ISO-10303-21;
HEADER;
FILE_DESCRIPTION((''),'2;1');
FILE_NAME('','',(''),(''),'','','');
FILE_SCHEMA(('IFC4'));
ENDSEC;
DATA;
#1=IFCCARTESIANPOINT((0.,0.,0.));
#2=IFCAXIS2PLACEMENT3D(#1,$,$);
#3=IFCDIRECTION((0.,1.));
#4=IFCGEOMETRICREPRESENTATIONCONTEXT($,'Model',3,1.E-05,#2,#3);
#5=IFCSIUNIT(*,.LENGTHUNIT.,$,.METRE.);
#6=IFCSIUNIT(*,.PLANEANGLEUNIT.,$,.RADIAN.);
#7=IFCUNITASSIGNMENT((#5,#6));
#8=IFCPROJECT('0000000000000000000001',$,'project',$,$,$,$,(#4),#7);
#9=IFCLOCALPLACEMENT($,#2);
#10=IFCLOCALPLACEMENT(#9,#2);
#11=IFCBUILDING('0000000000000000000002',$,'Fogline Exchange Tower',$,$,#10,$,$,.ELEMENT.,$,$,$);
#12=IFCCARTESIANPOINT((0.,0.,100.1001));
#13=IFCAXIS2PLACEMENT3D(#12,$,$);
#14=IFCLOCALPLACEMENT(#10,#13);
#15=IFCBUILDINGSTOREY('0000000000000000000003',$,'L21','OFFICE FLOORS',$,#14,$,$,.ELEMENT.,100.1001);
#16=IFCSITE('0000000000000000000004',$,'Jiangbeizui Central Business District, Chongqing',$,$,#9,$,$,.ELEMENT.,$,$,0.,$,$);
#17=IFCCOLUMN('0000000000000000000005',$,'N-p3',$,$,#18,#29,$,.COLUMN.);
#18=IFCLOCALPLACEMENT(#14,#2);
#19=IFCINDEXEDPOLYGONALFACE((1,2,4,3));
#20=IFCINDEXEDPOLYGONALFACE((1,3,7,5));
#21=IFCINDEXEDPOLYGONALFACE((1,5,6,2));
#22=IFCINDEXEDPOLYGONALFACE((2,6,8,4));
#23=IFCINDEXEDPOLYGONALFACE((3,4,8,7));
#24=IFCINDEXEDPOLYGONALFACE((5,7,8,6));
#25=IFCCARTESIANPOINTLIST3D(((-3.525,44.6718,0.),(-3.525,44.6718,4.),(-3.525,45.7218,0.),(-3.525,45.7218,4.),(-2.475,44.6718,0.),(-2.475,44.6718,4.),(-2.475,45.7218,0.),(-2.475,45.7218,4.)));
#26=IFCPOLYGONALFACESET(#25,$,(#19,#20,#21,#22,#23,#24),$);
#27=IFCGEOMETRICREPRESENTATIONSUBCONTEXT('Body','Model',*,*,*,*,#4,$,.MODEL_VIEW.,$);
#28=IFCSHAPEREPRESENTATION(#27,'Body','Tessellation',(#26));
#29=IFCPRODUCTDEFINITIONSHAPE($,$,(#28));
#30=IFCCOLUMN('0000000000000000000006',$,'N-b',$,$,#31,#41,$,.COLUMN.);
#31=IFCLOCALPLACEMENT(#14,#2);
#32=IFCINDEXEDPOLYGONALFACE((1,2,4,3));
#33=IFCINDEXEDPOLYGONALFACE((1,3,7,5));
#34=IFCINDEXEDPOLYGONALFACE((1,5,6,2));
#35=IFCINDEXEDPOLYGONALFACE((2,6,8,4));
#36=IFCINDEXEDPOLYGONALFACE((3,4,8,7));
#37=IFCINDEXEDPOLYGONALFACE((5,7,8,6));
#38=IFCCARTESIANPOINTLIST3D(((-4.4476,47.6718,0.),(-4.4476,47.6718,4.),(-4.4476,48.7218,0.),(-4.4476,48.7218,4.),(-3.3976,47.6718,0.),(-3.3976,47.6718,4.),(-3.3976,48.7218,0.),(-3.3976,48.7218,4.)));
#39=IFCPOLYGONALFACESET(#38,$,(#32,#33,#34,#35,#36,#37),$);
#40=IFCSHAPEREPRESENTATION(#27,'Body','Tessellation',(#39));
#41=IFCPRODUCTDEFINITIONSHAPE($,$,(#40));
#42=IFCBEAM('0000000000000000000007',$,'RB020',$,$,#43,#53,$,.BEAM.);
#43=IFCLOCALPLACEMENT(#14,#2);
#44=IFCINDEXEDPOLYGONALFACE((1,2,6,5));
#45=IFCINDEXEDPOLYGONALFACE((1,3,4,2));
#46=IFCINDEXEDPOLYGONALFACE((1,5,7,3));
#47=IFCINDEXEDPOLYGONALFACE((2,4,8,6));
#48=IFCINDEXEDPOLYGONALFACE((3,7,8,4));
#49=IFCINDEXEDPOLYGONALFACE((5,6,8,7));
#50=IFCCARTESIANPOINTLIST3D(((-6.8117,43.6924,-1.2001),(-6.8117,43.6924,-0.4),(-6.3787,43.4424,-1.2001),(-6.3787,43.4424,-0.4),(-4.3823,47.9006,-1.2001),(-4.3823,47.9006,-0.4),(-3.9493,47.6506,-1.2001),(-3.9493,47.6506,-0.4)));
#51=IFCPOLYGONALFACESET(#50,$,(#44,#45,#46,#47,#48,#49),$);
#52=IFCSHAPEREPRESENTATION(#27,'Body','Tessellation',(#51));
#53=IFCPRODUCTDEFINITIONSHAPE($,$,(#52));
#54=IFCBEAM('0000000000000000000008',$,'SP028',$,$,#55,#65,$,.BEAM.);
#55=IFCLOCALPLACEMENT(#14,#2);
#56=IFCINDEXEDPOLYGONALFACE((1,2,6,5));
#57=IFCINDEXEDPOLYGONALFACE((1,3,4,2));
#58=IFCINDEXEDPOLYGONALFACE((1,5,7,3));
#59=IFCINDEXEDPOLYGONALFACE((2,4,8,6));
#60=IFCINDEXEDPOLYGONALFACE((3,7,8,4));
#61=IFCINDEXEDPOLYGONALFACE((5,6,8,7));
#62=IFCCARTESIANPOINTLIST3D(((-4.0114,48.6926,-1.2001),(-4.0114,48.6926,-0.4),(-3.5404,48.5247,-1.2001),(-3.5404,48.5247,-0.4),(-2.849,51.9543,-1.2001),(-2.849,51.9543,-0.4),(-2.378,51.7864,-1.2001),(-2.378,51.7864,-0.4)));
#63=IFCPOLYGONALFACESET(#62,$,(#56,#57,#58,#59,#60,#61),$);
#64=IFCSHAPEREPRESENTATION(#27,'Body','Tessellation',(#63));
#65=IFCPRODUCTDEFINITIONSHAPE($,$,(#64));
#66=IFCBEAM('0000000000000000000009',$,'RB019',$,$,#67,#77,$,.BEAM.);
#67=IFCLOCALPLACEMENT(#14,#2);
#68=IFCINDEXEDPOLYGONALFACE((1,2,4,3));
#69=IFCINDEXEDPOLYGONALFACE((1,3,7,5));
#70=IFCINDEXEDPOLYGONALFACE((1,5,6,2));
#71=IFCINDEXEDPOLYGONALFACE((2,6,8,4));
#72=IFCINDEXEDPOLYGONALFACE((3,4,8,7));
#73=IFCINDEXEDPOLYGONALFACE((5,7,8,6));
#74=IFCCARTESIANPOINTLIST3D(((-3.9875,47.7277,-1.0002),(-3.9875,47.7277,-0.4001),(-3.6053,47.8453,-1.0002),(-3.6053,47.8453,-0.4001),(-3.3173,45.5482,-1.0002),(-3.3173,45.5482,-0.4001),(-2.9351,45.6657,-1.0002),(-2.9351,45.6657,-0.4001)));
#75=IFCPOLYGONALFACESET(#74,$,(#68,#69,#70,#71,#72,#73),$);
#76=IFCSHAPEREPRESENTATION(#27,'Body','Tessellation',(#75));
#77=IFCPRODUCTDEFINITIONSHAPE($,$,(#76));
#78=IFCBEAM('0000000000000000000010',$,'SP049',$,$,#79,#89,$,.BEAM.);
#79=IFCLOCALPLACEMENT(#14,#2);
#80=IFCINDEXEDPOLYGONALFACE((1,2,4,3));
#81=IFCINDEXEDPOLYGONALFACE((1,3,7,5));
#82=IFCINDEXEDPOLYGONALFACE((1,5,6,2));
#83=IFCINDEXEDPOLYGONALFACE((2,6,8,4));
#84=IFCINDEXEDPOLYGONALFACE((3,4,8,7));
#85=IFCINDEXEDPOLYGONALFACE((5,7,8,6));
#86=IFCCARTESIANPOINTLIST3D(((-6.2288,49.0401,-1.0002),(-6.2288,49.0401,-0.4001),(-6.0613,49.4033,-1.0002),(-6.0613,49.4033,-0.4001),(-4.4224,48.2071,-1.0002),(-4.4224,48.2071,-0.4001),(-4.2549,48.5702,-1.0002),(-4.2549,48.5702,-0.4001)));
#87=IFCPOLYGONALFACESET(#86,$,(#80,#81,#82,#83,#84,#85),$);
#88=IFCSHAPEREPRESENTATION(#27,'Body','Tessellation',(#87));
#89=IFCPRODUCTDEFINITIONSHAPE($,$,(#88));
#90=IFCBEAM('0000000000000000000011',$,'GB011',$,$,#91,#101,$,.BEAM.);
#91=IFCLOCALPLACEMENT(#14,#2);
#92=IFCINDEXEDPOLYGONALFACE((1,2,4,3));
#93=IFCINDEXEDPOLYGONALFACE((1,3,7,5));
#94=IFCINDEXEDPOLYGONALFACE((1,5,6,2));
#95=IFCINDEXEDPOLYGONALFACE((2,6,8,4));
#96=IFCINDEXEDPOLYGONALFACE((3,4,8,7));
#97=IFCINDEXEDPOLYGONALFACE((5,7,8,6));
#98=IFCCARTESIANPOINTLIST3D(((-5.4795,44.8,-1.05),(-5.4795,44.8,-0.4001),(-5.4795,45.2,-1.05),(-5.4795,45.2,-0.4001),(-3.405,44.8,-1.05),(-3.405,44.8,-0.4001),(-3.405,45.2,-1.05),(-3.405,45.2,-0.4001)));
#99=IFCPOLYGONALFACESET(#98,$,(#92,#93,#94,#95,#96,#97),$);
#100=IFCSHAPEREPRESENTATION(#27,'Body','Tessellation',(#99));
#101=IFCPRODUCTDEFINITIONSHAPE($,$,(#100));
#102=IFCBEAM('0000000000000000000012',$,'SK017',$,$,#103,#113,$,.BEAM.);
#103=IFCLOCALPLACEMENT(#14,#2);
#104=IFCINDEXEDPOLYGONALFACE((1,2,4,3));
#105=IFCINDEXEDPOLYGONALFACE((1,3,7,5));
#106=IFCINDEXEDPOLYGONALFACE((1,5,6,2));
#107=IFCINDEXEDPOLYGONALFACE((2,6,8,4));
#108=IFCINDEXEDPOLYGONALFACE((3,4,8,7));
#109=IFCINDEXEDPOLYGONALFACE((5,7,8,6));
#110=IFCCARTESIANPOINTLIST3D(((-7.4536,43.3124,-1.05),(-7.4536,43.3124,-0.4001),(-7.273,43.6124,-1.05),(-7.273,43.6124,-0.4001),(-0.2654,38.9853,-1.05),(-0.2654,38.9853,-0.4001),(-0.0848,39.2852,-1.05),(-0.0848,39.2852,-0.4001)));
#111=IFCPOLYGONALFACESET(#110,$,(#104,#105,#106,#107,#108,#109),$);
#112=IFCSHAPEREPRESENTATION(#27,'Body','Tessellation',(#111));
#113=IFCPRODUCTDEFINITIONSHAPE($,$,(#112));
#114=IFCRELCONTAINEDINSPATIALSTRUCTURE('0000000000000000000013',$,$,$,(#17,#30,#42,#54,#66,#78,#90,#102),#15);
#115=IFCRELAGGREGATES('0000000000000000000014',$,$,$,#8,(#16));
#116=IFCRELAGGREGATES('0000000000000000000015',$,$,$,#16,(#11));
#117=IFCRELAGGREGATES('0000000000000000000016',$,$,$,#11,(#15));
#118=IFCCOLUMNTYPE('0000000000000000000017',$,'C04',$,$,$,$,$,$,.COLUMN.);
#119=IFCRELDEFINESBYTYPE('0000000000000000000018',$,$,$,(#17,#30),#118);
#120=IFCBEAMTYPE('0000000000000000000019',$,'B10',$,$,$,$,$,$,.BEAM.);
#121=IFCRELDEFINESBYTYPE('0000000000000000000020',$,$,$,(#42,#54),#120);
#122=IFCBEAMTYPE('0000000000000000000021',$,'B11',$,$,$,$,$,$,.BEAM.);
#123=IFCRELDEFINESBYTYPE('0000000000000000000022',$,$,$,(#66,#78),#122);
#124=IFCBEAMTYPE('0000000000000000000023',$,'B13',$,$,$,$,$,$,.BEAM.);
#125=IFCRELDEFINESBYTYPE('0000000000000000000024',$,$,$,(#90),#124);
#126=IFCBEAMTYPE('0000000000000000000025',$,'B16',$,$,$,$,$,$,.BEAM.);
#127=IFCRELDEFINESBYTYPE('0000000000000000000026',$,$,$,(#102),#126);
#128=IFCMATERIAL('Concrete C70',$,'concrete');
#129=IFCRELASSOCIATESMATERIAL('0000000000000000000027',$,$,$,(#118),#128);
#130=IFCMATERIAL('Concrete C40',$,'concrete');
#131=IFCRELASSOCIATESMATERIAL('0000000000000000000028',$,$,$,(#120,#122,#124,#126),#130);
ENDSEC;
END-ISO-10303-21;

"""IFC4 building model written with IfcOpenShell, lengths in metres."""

from ifc_helpers import new_model, si_unit, direction, frame, origin, origin_2d, place, context, subcontext, project, spatial, rectangle, extrude, material, material_profile, profile_set, type_object, element, save


model = new_model("IFC4")

# Units and contexts
model_context = context("Model", 3, precision=1e-05, world=origin(), true_north=direction((0.0, 1.0)))
body_context = subcontext(model_context, "Body", "Model", "MODEL_VIEW")
ifc_project = project(units=[si_unit("LENGTHUNIT", "METRE"), si_unit("PLANEANGLEUNIT", "RADIAN")], contexts=[model_context])

# Site, building, storey
site_placement = place(None, origin())
site = spatial("IfcSite", under=ifc_project, at=site_placement, Name="Jiangbeizui Central Business District, Chongqing", CompositionType="ELEMENT", RefElevation=0.0)
building_placement = place(site_placement, origin())
building = spatial("IfcBuilding", under=site, at=building_placement, Name="Fogline Exchange Tower", CompositionType="ELEMENT")
storey_placement = place(building_placement, frame((0.0, 0.0, 100.1001)))
storey = spatial("IfcBuildingStorey", under=building, at=storey_placement, Name="L21", Description="OFFICE FLOORS", CompositionType="ELEMENT", Elevation=100.1001)

# Columns
ifc_material_1 = material(Name="Concrete C70", Category="concrete")
ifc_material_profile_1 = material_profile(ifc_material_1, rectangle(XDim=1.05, YDim=1.05, at=origin_2d()), Name="RC 1050x1050")
ifc_profile_set_1 = profile_set([ifc_material_profile_1], Name="Concrete C70")
column_type = type_object("IfcColumnType", Name="C04", PredefinedType="COLUMN", material=ifc_profile_set_1)
for number, where, z_axis, x_axis, name in (
    (1, (-3.0, 45.1968, 0.0), (0.0, 0.0, 1.0), (1.0, 0.0, 0.0), "N-p3"),
    (2, (-3.9226, 48.1968, 0.0), (0.0, 0.0, 1.0), (1.0, 0.0, 0.0), "N-b"),
):
    element("IfcColumn", number, at=place(storey_placement, frame(where, z_axis=z_axis, x_axis=x_axis)), inside=storey, type_object=column_type, Name=name, PredefinedType="COLUMN", context=body_context, shape_type="SweptSolid", body=[
        extrude(rectangle(XDim=1.05, YDim=1.05, at=origin_2d()), origin(), (0.0, 0.0, 1.0), 4.0),
    ])

# Beams
ifc_material_2 = material(Name="Concrete C40", Category="concrete")
ifc_material_profile_2 = material_profile(ifc_material_2, rectangle(XDim=0.5, YDim=0.8, at=origin_2d()), Name="RC 500x800")
ifc_profile_set_2 = profile_set([ifc_material_profile_2], Name="Concrete C40")
beam_type_1 = type_object("IfcBeamType", Name="B10", PredefinedType="BEAM", material=ifc_profile_set_2)
beam_1_placement = place(storey_placement, frame((-4.1658, 47.7756, -0.8), z_axis=(-0.49997, -0.866043, 0.0), x_axis=(0.866043, -0.49997, 0.0)))
element("IfcBeam", 3, at=beam_1_placement, inside=storey, type_object=beam_type_1, Name="RB020", PredefinedType="BEAM", context=body_context, shape_type="SweptSolid", body=[
    extrude(rectangle(XDim=0.5, YDim=0.8, at=origin_2d()), origin(), (0.0, 0.0, 1.0), 4.8591),
])
beam_2_placement = place(storey_placement, frame((-3.7759, 48.6086, -0.8), z_axis=(0.335684, 0.941975, 0.0), x_axis=(-0.941975, 0.335684, 0.0)))
element("IfcBeam", 4, at=beam_2_placement, inside=storey, type_object=beam_type_1, Name="SP028", PredefinedType="BEAM", context=body_context, shape_type="SweptSolid", body=[
    extrude(rectangle(XDim=0.5, YDim=0.8, at=origin_2d()), origin(), (0.0, 0.0, 1.0), 3.4626),
])
ifc_material_profile_3 = material_profile(ifc_material_2, rectangle(XDim=0.3999, YDim=0.6001, at=origin_2d()), Name="RC 400x600")
ifc_profile_set_3 = profile_set([ifc_material_profile_3], Name="Concrete C40")
beam_type_2 = type_object("IfcBeamType", Name="B11", PredefinedType="BEAM", material=ifc_profile_set_3)
beam_3_placement = place(storey_placement, frame((-3.1262, 45.6069, -0.7002), z_axis=(-0.293913, 0.955832, 0.0), x_axis=(-0.955832, -0.293913, 0.0)))
element("IfcBeam", 5, at=beam_3_placement, inside=storey, type_object=beam_type_2, Name="RB019", PredefinedType="BEAM", context=body_context, shape_type="SweptSolid", body=[
    extrude(rectangle(XDim=0.3999, YDim=0.6001, at=origin_2d()), origin(), (0.0, 0.0, 1.0), 2.2803),
])
beam_4_placement = place(storey_placement, frame((-4.3386, 48.3887, -0.7002), z_axis=(-0.908096, 0.418762, 0.0), x_axis=(-0.418762, -0.908096, 0.0)))
element("IfcBeam", 6, at=beam_4_placement, inside=storey, type_object=beam_type_2, Name="SP049", PredefinedType="BEAM", context=body_context, shape_type="SweptSolid", body=[
    extrude(rectangle(XDim=0.3999, YDim=0.6001, at=origin_2d()), origin(), (0.0, 0.0, 1.0), 1.9893),
])
ifc_material_profile_4 = material_profile(ifc_material_2, rectangle(XDim=0.3999, YDim=0.6499, at=origin_2d()), Name="RC 400x650")
ifc_profile_set_4 = profile_set([ifc_material_profile_4], Name="Concrete C40")
beam_type_3 = type_object("IfcBeamType", Name="B13", PredefinedType="BEAM", material=ifc_profile_set_4)
beam_5_placement = place(storey_placement, frame((-5.4795, 45.0, -0.7251), z_axis=(1.0, 0.0, 0.0), x_axis=(0.0, 1.0, 0.0)))
element("IfcBeam", 7, at=beam_5_placement, inside=storey, type_object=beam_type_3, Name="GB011", PredefinedType="BEAM", context=body_context, shape_type="SweptSolid", body=[
    extrude(rectangle(XDim=0.3999, YDim=0.6499, at=origin_2d()), origin(), (0.0, 0.0, 1.0), 2.0745),
])
ifc_material_profile_5 = material_profile(ifc_material_2, rectangle(XDim=0.3501, YDim=0.6499, at=origin_2d()), Name="RC 350x650")
ifc_profile_set_5 = profile_set([ifc_material_profile_5], Name="Concrete C40")
beam_type_4 = type_object("IfcBeamType", Name="B16", PredefinedType="BEAM", material=ifc_profile_set_5)
beam_6_placement = place(storey_placement, frame((-7.3633, 43.4624, -0.7251), z_axis=(0.856745, -0.51574, 0.0), x_axis=(0.51574, 0.856745, 0.0)))
element("IfcBeam", 8, at=beam_6_placement, inside=storey, type_object=beam_type_4, Name="SK017", PredefinedType="BEAM", context=body_context, shape_type="SweptSolid", body=[
    extrude(rectangle(XDim=0.3501, YDim=0.6499, at=origin_2d()), origin(), (0.0, 0.0, 1.0), 8.3901),
])

save(model, "model.ifc")
